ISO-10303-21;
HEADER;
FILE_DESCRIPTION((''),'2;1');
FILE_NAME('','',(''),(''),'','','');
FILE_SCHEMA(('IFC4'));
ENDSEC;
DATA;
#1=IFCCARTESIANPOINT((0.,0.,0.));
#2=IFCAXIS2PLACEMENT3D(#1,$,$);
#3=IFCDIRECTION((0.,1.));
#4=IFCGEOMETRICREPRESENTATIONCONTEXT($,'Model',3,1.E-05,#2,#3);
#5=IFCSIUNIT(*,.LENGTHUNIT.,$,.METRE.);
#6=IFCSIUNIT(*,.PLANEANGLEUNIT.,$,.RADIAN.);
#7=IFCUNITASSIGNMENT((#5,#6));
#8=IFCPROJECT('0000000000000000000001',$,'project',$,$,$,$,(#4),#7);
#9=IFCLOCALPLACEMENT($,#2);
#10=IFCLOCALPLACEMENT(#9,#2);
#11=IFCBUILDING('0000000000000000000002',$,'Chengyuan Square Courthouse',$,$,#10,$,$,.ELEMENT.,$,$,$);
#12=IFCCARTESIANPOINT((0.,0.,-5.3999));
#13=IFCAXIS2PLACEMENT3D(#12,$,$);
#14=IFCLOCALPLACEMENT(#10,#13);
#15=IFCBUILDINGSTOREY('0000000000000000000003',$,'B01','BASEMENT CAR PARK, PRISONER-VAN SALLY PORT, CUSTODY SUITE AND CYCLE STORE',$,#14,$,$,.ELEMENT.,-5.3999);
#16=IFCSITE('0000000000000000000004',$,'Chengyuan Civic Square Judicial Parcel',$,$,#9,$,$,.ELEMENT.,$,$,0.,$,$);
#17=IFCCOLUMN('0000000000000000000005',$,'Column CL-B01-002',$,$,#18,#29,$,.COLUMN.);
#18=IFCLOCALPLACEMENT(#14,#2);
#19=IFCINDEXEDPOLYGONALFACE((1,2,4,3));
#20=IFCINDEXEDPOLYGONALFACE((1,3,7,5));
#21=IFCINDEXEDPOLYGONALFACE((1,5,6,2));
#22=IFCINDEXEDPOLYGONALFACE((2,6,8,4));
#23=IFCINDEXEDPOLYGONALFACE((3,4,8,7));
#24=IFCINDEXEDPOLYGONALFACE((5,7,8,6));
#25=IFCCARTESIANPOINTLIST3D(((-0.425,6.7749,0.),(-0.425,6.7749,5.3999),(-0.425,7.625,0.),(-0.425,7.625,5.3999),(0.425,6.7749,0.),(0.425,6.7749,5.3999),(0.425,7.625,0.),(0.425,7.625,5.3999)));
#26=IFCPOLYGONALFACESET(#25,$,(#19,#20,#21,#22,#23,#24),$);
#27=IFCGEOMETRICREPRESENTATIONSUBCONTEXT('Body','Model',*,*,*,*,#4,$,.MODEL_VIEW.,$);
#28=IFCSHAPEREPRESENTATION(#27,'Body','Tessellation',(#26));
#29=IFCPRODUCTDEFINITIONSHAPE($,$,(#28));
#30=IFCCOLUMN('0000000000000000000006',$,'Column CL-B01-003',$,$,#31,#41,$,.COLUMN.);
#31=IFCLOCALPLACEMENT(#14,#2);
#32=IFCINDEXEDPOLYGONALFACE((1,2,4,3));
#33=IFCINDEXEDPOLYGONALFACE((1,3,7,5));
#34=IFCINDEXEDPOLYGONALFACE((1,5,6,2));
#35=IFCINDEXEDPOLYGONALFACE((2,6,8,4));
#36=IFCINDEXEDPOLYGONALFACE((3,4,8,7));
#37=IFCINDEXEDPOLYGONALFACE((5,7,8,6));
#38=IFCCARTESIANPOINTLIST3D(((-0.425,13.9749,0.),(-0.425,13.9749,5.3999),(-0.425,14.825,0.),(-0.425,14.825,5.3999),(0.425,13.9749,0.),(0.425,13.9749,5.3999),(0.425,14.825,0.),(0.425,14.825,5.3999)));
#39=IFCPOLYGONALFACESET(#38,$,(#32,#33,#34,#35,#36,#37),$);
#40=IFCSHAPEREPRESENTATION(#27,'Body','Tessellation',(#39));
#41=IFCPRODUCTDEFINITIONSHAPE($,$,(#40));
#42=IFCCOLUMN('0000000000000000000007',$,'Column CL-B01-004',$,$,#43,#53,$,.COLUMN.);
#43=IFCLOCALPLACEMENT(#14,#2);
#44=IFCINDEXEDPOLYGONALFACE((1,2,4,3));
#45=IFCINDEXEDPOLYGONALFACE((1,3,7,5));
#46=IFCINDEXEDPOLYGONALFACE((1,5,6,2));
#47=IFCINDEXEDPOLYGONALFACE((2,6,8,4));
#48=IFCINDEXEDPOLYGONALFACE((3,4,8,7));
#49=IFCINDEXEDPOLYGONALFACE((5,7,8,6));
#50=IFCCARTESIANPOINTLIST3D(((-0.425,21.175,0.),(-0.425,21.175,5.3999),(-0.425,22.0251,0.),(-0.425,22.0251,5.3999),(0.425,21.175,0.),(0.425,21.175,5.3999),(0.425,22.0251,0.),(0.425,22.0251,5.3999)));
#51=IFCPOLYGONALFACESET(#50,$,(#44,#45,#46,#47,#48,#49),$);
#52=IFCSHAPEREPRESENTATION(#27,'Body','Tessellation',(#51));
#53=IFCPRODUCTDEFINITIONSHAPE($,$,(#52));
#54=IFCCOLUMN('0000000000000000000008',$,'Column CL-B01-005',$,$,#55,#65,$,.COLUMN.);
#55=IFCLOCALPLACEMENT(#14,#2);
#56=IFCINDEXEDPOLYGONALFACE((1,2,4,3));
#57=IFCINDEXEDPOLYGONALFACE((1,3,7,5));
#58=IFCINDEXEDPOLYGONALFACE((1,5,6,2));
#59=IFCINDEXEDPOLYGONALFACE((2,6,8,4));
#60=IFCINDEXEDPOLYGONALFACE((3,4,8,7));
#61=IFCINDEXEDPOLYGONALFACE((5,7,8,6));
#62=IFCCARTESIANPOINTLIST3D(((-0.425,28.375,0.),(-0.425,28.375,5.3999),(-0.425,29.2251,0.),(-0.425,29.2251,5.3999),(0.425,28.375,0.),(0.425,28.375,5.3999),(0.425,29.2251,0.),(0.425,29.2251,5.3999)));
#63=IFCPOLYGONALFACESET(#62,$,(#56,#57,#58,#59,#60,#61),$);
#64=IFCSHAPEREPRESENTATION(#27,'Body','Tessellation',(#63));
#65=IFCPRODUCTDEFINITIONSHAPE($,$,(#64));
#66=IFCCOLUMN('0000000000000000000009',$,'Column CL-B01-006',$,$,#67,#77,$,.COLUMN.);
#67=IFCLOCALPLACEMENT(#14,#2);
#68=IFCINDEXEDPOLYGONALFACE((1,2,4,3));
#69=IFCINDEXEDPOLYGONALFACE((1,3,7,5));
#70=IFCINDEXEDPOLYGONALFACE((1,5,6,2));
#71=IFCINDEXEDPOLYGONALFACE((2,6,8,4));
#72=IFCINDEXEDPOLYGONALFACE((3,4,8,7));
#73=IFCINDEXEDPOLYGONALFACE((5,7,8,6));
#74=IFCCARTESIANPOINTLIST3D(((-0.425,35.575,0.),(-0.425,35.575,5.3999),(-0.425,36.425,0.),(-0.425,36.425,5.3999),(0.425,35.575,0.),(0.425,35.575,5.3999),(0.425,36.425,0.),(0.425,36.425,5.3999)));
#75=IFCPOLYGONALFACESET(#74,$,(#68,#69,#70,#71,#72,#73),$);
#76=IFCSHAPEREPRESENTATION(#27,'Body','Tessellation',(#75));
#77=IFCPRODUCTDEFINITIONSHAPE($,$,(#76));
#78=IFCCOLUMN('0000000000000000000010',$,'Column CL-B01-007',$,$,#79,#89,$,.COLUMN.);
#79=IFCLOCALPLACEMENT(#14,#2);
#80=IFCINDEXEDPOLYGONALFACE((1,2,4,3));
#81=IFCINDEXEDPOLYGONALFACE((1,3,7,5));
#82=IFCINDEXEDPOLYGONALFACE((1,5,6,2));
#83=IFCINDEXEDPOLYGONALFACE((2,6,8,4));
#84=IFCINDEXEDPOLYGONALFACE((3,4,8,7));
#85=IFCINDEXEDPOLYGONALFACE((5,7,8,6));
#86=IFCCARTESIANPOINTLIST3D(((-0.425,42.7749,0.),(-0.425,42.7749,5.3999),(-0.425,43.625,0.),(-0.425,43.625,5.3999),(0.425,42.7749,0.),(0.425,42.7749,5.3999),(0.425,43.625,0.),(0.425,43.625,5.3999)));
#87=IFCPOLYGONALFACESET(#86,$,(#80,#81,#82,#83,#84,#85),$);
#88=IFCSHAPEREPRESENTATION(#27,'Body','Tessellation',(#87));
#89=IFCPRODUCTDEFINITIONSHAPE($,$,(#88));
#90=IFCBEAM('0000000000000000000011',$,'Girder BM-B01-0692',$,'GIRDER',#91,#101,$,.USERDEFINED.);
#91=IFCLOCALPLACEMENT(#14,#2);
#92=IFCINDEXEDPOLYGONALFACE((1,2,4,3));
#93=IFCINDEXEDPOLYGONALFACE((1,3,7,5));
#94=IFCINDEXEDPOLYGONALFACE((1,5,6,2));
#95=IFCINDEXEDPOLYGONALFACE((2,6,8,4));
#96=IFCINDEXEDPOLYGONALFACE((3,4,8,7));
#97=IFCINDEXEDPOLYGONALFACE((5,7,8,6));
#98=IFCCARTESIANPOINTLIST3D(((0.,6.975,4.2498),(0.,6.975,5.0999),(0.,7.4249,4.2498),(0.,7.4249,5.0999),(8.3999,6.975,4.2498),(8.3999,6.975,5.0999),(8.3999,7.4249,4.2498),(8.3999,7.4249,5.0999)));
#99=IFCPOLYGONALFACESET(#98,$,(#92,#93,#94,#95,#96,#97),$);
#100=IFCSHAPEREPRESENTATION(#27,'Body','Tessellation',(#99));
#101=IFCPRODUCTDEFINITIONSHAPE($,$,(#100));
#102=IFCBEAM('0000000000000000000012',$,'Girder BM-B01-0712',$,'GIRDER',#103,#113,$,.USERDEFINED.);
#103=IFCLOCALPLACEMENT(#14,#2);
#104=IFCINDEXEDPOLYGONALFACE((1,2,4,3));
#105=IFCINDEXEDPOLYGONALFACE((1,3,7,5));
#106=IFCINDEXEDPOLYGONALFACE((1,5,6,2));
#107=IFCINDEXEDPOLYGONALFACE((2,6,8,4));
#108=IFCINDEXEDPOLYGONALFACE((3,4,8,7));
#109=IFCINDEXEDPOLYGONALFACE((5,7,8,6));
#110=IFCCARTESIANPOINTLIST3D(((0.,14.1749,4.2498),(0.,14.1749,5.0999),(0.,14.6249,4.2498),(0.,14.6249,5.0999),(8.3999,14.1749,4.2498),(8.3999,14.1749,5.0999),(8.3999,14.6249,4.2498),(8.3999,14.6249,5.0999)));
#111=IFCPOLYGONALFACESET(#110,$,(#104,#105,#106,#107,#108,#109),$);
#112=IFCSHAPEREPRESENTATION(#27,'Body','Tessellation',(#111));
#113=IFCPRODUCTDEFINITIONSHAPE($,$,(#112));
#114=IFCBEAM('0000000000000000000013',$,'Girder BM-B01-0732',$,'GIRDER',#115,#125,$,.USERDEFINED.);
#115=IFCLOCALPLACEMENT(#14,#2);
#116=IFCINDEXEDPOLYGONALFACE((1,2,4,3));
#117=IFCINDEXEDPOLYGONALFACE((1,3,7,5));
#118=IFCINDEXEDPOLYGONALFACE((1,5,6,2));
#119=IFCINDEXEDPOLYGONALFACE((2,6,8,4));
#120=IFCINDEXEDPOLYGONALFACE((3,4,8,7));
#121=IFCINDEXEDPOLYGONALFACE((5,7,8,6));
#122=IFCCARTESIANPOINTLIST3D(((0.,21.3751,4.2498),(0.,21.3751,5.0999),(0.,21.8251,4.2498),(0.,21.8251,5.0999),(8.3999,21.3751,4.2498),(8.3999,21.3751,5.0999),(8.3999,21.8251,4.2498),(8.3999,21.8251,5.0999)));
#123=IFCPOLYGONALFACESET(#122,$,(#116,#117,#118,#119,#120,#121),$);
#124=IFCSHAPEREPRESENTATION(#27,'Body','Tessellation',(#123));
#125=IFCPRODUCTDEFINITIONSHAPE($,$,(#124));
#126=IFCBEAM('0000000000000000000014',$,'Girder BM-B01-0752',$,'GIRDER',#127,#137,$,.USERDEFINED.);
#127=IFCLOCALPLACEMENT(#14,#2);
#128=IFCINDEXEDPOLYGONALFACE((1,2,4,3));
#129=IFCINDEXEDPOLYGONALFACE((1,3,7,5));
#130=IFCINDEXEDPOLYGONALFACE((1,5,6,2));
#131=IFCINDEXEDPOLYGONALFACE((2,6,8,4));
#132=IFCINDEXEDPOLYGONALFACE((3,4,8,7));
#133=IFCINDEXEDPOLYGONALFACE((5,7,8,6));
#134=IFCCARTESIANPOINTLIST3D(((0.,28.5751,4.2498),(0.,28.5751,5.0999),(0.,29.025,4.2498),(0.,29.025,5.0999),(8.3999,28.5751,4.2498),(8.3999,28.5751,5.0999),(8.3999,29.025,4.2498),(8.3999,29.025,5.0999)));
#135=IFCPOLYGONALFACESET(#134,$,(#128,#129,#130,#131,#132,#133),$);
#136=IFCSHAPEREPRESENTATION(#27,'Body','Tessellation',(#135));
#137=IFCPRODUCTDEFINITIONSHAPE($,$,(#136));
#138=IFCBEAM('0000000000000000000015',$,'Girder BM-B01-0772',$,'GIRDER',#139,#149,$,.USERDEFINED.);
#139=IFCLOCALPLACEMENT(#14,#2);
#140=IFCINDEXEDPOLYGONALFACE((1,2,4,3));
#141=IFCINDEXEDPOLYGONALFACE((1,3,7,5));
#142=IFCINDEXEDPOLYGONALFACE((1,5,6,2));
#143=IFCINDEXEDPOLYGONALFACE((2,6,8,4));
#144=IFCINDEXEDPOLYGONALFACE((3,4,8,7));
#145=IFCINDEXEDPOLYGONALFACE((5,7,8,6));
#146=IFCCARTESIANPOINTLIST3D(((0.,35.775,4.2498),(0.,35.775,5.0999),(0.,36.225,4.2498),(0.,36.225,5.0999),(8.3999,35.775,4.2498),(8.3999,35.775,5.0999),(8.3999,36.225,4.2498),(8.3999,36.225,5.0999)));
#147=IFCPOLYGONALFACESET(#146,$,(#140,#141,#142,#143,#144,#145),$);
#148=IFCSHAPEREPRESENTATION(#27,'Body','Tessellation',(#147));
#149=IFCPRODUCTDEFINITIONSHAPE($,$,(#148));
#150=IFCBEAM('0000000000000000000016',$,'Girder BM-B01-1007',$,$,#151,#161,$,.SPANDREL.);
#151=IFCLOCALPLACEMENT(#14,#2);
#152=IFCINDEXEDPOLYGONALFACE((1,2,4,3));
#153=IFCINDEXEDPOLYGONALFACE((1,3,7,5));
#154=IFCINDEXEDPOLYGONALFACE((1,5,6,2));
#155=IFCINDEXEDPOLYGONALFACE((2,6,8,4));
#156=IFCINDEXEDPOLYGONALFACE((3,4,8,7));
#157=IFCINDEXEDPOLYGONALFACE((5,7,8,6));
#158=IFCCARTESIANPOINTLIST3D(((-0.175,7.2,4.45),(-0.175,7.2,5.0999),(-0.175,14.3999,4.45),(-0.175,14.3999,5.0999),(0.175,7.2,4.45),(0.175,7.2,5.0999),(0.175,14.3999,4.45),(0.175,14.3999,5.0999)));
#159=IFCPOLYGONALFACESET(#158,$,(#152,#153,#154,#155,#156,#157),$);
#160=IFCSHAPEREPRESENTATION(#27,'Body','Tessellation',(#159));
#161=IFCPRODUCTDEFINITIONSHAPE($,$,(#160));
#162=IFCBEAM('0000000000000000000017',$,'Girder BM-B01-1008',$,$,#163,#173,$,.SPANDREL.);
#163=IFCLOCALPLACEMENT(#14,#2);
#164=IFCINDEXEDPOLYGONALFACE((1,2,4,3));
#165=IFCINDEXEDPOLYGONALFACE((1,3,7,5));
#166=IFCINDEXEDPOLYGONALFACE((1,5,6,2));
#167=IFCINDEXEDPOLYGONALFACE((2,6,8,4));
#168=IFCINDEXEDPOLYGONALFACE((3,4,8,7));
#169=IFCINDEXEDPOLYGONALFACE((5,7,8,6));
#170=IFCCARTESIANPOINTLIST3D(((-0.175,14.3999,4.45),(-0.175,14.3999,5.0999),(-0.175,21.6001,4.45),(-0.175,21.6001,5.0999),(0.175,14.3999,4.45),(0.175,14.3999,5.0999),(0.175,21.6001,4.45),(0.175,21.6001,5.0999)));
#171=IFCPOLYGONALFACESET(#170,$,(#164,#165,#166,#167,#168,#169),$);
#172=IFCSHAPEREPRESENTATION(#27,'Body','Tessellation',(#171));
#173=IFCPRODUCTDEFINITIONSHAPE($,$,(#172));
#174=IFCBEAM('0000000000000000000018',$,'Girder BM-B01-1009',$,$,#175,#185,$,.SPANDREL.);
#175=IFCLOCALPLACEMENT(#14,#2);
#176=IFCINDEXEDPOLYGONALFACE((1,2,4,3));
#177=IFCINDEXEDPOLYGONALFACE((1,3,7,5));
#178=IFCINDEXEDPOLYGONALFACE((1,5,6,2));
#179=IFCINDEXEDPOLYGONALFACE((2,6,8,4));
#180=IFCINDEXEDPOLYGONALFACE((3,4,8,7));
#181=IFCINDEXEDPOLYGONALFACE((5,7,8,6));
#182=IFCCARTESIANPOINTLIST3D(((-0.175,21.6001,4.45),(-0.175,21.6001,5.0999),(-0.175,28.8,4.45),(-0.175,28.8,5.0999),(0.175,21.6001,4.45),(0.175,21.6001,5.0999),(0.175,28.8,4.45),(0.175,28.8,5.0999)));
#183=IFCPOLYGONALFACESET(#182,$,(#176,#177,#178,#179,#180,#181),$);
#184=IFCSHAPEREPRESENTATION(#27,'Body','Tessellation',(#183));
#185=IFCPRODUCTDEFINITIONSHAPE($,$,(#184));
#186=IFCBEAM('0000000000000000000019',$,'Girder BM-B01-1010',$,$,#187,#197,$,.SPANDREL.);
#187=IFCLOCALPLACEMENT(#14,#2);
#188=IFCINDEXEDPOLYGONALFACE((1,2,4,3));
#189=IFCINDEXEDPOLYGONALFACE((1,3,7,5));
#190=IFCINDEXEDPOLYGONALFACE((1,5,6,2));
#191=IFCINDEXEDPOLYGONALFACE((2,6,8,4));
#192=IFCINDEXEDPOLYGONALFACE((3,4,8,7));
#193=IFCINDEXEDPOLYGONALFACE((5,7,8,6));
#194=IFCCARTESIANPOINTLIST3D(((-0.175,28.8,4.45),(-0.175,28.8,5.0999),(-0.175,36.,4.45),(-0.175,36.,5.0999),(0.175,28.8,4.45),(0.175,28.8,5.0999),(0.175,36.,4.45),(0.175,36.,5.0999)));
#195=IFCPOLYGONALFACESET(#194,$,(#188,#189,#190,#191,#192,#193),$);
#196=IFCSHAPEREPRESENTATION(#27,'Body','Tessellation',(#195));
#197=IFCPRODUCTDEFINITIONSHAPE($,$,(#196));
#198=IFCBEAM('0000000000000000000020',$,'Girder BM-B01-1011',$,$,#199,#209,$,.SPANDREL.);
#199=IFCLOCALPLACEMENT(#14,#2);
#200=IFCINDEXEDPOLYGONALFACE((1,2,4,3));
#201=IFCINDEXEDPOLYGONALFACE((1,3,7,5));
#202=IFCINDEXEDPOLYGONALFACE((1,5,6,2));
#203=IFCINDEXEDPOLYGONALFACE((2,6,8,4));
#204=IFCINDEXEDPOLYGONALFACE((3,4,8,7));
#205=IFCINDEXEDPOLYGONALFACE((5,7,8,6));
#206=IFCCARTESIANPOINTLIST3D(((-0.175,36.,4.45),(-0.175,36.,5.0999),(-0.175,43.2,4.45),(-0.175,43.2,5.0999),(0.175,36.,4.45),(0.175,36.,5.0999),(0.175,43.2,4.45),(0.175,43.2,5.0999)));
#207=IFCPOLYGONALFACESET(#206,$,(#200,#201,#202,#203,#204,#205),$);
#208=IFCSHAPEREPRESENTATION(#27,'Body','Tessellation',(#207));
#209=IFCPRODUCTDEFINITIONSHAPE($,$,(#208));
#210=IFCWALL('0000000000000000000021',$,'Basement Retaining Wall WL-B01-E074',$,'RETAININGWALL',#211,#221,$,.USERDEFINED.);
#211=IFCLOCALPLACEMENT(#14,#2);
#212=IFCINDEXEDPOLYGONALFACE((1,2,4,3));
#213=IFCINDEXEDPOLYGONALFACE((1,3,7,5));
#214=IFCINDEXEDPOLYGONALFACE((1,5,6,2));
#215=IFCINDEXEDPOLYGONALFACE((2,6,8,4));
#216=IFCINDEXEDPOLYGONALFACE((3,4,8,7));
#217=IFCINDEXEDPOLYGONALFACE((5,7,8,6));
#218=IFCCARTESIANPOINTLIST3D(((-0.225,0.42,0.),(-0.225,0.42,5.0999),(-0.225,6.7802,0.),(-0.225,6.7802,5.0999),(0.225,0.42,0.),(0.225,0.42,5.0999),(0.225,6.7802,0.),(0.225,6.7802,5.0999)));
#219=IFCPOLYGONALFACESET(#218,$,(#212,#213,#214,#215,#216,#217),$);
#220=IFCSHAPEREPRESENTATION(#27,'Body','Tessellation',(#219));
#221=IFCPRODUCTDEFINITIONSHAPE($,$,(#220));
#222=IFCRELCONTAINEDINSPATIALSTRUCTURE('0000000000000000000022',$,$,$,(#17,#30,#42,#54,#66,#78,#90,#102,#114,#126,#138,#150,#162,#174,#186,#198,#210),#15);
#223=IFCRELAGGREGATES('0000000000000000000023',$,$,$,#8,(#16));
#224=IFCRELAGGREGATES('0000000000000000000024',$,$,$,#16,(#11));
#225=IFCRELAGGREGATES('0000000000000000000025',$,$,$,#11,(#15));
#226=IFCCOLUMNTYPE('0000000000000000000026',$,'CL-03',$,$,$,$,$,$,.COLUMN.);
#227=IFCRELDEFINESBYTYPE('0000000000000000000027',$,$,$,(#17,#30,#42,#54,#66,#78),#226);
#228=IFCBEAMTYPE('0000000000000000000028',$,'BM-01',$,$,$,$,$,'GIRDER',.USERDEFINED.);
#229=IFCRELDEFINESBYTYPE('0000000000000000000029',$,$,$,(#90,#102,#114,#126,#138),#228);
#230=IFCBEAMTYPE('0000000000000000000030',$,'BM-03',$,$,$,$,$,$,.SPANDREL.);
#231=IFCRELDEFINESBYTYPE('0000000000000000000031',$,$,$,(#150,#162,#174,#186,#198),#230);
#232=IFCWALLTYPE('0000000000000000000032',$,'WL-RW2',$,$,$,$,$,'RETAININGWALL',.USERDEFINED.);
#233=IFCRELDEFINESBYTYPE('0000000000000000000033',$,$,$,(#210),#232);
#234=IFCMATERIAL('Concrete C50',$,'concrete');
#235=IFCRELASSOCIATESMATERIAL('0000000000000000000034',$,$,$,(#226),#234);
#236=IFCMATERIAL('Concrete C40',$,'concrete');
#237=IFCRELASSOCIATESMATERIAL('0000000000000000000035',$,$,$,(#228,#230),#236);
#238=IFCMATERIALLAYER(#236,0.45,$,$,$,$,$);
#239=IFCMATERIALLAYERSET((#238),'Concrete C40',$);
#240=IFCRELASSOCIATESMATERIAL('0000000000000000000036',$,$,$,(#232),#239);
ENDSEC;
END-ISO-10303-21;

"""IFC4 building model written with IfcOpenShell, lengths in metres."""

from ifc_helpers import new_model, si_unit, direction, frame, frame_2d, origin, origin_2d, place, context, subcontext, project, spatial, rectangle, extrude, material, layer, layer_set, material_profile, profile_set, type_object, element, save


model = new_model("IFC4")

# Units and contexts
model_context = context("Model", 3, precision=1e-05, world=origin(), true_north=direction((0.0, 1.0)))
body_context = subcontext(model_context, "Body", "Model", "MODEL_VIEW")
ifc_project = project(units=[si_unit("LENGTHUNIT", "METRE"), si_unit("PLANEANGLEUNIT", "RADIAN")], contexts=[model_context])

# Site, building, storey
site_placement = place(None, origin())
site = spatial("IfcSite", under=ifc_project, at=site_placement, Name="Chengyuan Civic Square Judicial Parcel", CompositionType="ELEMENT", RefElevation=0.0)
building_placement = place(site_placement, origin())
building = spatial("IfcBuilding", under=site, at=building_placement, Name="Chengyuan Square Courthouse", CompositionType="ELEMENT")
storey_placement = place(building_placement, frame((0.0, 0.0, -5.3999)))
storey = spatial("IfcBuildingStorey", under=building, at=storey_placement, Name="B01", Description="BASEMENT CAR PARK, PRISONER-VAN SALLY PORT, CUSTODY SUITE AND CYCLE STORE", CompositionType="ELEMENT", Elevation=-5.3999)

# Columns
ifc_material_1 = material(Name="Concrete C50", Category="concrete")
ifc_material_profile_1 = material_profile(ifc_material_1, rectangle(XDim=0.8501, YDim=0.8501, at=origin_2d()), Name="RC-COL-850x850")
ifc_profile_set_1 = profile_set([ifc_material_profile_1], Name="Concrete C50")
column_type = type_object("IfcColumnType", Name="CL-03", PredefinedType="COLUMN", material=ifc_profile_set_1)
for number, where, z_axis, x_axis, name in (
    (1, (0.0, 7.2, 0.0), (0.0, 0.0, 1.0), (1.0, 0.0, 0.0), "Column CL-B01-002"),
    (2, (0.0, 14.3999, 0.0), (0.0, 0.0, 1.0), (1.0, 0.0, 0.0), "Column CL-B01-003"),
    (3, (0.0, 21.6001, 0.0), (0.0, 0.0, 1.0), (1.0, 0.0, 0.0), "Column CL-B01-004"),
    (4, (0.0, 28.8, 0.0), (0.0, 0.0, 1.0), (1.0, 0.0, 0.0), "Column CL-B01-005"),
    (5, (0.0, 36.0, 0.0), (0.0, 0.0, 1.0), (1.0, 0.0, 0.0), "Column CL-B01-006"),
    (6, (0.0, 43.2, 0.0), (0.0, 0.0, 1.0), (1.0, 0.0, 0.0), "Column CL-B01-007"),
):
    element("IfcColumn", number, at=place(storey_placement, frame(where, z_axis=z_axis, x_axis=x_axis)), inside=storey, type_object=column_type, Name=name, PredefinedType="COLUMN", context=body_context, shape_type="SweptSolid", body=[
        extrude(rectangle(XDim=0.8501, YDim=0.8501, at=origin_2d()), origin(), (0.0, 0.0, 1.0), 5.3999),
    ])

# Beams
ifc_material_2 = material(Name="Concrete C40", Category="concrete")
ifc_material_profile_2 = material_profile(ifc_material_2, rectangle(XDim=0.45, YDim=0.8501, at=origin_2d()), Name="RC-BM-450x850")
ifc_profile_set_2 = profile_set([ifc_material_profile_2], Name="Concrete C40")
beam_type_1 = type_object("IfcBeamType", Name="BM-01", ElementType="GIRDER", PredefinedType="USERDEFINED", material=ifc_profile_set_2)
for number, where, z_axis, x_axis, name in (
    (7, (0.0, 7.2, 4.6748), (1.0, 0.0, 0.0), (0.0, 1.0, 0.0), "Girder BM-B01-0692"),
    (8, (0.0, 14.3999, 4.6748), (1.0, 0.0, 0.0), (0.0, 1.0, 0.0), "Girder BM-B01-0712"),
    (9, (0.0, 21.6001, 4.6748), (1.0, 0.0, 0.0), (0.0, 1.0, 0.0), "Girder BM-B01-0732"),
    (10, (0.0, 28.8, 4.6748), (1.0, 0.0, 0.0), (0.0, 1.0, 0.0), "Girder BM-B01-0752"),
    (11, (0.0, 36.0, 4.6748), (1.0, 0.0, 0.0), (0.0, 1.0, 0.0), "Girder BM-B01-0772"),
):
    element("IfcBeam", number, at=place(storey_placement, frame(where, z_axis=z_axis, x_axis=x_axis)), inside=storey, type_object=beam_type_1, Name=name, ObjectType="GIRDER", PredefinedType="USERDEFINED", context=body_context, shape_type="SweptSolid", body=[
        extrude(rectangle(XDim=0.45, YDim=0.8501, at=origin_2d()), origin(), (0.0, 0.0, 1.0), 8.3999),
    ])
ifc_material_profile_3 = material_profile(ifc_material_2, rectangle(XDim=0.3501, YDim=0.6499, at=origin_2d()), Name="RC-BM-350x650")
ifc_profile_set_3 = profile_set([ifc_material_profile_3], Name="Concrete C40")
beam_type_2 = type_object("IfcBeamType", Name="BM-03", PredefinedType="SPANDREL", material=ifc_profile_set_3)
beam_1_placement = place(storey_placement, frame((0.0, 7.2, 4.7749), z_axis=(0.0, 1.0, 0.0), x_axis=(-1.0, 0.0, 0.0)))
element("IfcBeam", 12, at=beam_1_placement, inside=storey, type_object=beam_type_2, Name="Girder BM-B01-1007", PredefinedType="SPANDREL", context=body_context, shape_type="SweptSolid", body=[
    extrude(rectangle(XDim=0.3501, YDim=0.6499, at=origin_2d()), origin(), (0.0, 0.0, 1.0), 7.2),
])
beam_2_placement = place(storey_placement, frame((0.0, 14.3999, 4.7749), z_axis=(0.0, 1.0, 0.0), x_axis=(-1.0, 0.0, 0.0)))
element("IfcBeam", 13, at=beam_2_placement, inside=storey, type_object=beam_type_2, Name="Girder BM-B01-1008", PredefinedType="SPANDREL", context=body_context, shape_type="SweptSolid", body=[
    extrude(rectangle(XDim=0.3501, YDim=0.6499, at=origin_2d()), origin(), (0.0, 0.0, 1.0), 7.2002),
])
for number, where, z_axis, x_axis, name in (
    (14, (0.0, 21.6001, 4.7749), (0.0, 1.0, 0.0), (-1.0, 0.0, 0.0), "Girder BM-B01-1009"),
    (15, (0.0, 28.8, 4.7749), (0.0, 1.0, 0.0), (-1.0, 0.0, 0.0), "Girder BM-B01-1010"),
    (16, (0.0, 36.0, 4.7749), (0.0, 1.0, 0.0), (-1.0, 0.0, 0.0), "Girder BM-B01-1011"),
):
    element("IfcBeam", number, at=place(storey_placement, frame(where, z_axis=z_axis, x_axis=x_axis)), inside=storey, type_object=beam_type_2, Name=name, PredefinedType="SPANDREL", context=body_context, shape_type="SweptSolid", body=[
        extrude(rectangle(XDim=0.3501, YDim=0.6499, at=origin_2d()), origin(), (0.0, 0.0, 1.0), 7.2),
    ])

# Wall
ifc_layer_1 = layer(ifc_material_2, 0.45)
ifc_layer_set_1 = layer_set([ifc_layer_1], Name="Concrete C40")
wall_type = type_object("IfcWallType", Name="WL-RW2", ElementType="RETAININGWALL", PredefinedType="USERDEFINED", material=ifc_layer_set_1)
wall_placement = place(storey_placement, frame((0.0, 0.4199, 0.0), z_axis=(0.0, 0.0, 1.0), x_axis=(0.0, 1.0, 0.0)))
element("IfcWall", 17, at=wall_placement, inside=storey, type_object=wall_type, Name="Basement Retaining Wall WL-B01-E074", ObjectType="RETAININGWALL", PredefinedType="USERDEFINED", context=body_context, shape_type="SweptSolid", body=[
    extrude(rectangle(XDim=6.3601, YDim=0.45, at=frame_2d((3.1802, 0.0))), origin(), (0.0, 0.0, 1.0), 5.0999),
])

save(model, "model.ifc")
